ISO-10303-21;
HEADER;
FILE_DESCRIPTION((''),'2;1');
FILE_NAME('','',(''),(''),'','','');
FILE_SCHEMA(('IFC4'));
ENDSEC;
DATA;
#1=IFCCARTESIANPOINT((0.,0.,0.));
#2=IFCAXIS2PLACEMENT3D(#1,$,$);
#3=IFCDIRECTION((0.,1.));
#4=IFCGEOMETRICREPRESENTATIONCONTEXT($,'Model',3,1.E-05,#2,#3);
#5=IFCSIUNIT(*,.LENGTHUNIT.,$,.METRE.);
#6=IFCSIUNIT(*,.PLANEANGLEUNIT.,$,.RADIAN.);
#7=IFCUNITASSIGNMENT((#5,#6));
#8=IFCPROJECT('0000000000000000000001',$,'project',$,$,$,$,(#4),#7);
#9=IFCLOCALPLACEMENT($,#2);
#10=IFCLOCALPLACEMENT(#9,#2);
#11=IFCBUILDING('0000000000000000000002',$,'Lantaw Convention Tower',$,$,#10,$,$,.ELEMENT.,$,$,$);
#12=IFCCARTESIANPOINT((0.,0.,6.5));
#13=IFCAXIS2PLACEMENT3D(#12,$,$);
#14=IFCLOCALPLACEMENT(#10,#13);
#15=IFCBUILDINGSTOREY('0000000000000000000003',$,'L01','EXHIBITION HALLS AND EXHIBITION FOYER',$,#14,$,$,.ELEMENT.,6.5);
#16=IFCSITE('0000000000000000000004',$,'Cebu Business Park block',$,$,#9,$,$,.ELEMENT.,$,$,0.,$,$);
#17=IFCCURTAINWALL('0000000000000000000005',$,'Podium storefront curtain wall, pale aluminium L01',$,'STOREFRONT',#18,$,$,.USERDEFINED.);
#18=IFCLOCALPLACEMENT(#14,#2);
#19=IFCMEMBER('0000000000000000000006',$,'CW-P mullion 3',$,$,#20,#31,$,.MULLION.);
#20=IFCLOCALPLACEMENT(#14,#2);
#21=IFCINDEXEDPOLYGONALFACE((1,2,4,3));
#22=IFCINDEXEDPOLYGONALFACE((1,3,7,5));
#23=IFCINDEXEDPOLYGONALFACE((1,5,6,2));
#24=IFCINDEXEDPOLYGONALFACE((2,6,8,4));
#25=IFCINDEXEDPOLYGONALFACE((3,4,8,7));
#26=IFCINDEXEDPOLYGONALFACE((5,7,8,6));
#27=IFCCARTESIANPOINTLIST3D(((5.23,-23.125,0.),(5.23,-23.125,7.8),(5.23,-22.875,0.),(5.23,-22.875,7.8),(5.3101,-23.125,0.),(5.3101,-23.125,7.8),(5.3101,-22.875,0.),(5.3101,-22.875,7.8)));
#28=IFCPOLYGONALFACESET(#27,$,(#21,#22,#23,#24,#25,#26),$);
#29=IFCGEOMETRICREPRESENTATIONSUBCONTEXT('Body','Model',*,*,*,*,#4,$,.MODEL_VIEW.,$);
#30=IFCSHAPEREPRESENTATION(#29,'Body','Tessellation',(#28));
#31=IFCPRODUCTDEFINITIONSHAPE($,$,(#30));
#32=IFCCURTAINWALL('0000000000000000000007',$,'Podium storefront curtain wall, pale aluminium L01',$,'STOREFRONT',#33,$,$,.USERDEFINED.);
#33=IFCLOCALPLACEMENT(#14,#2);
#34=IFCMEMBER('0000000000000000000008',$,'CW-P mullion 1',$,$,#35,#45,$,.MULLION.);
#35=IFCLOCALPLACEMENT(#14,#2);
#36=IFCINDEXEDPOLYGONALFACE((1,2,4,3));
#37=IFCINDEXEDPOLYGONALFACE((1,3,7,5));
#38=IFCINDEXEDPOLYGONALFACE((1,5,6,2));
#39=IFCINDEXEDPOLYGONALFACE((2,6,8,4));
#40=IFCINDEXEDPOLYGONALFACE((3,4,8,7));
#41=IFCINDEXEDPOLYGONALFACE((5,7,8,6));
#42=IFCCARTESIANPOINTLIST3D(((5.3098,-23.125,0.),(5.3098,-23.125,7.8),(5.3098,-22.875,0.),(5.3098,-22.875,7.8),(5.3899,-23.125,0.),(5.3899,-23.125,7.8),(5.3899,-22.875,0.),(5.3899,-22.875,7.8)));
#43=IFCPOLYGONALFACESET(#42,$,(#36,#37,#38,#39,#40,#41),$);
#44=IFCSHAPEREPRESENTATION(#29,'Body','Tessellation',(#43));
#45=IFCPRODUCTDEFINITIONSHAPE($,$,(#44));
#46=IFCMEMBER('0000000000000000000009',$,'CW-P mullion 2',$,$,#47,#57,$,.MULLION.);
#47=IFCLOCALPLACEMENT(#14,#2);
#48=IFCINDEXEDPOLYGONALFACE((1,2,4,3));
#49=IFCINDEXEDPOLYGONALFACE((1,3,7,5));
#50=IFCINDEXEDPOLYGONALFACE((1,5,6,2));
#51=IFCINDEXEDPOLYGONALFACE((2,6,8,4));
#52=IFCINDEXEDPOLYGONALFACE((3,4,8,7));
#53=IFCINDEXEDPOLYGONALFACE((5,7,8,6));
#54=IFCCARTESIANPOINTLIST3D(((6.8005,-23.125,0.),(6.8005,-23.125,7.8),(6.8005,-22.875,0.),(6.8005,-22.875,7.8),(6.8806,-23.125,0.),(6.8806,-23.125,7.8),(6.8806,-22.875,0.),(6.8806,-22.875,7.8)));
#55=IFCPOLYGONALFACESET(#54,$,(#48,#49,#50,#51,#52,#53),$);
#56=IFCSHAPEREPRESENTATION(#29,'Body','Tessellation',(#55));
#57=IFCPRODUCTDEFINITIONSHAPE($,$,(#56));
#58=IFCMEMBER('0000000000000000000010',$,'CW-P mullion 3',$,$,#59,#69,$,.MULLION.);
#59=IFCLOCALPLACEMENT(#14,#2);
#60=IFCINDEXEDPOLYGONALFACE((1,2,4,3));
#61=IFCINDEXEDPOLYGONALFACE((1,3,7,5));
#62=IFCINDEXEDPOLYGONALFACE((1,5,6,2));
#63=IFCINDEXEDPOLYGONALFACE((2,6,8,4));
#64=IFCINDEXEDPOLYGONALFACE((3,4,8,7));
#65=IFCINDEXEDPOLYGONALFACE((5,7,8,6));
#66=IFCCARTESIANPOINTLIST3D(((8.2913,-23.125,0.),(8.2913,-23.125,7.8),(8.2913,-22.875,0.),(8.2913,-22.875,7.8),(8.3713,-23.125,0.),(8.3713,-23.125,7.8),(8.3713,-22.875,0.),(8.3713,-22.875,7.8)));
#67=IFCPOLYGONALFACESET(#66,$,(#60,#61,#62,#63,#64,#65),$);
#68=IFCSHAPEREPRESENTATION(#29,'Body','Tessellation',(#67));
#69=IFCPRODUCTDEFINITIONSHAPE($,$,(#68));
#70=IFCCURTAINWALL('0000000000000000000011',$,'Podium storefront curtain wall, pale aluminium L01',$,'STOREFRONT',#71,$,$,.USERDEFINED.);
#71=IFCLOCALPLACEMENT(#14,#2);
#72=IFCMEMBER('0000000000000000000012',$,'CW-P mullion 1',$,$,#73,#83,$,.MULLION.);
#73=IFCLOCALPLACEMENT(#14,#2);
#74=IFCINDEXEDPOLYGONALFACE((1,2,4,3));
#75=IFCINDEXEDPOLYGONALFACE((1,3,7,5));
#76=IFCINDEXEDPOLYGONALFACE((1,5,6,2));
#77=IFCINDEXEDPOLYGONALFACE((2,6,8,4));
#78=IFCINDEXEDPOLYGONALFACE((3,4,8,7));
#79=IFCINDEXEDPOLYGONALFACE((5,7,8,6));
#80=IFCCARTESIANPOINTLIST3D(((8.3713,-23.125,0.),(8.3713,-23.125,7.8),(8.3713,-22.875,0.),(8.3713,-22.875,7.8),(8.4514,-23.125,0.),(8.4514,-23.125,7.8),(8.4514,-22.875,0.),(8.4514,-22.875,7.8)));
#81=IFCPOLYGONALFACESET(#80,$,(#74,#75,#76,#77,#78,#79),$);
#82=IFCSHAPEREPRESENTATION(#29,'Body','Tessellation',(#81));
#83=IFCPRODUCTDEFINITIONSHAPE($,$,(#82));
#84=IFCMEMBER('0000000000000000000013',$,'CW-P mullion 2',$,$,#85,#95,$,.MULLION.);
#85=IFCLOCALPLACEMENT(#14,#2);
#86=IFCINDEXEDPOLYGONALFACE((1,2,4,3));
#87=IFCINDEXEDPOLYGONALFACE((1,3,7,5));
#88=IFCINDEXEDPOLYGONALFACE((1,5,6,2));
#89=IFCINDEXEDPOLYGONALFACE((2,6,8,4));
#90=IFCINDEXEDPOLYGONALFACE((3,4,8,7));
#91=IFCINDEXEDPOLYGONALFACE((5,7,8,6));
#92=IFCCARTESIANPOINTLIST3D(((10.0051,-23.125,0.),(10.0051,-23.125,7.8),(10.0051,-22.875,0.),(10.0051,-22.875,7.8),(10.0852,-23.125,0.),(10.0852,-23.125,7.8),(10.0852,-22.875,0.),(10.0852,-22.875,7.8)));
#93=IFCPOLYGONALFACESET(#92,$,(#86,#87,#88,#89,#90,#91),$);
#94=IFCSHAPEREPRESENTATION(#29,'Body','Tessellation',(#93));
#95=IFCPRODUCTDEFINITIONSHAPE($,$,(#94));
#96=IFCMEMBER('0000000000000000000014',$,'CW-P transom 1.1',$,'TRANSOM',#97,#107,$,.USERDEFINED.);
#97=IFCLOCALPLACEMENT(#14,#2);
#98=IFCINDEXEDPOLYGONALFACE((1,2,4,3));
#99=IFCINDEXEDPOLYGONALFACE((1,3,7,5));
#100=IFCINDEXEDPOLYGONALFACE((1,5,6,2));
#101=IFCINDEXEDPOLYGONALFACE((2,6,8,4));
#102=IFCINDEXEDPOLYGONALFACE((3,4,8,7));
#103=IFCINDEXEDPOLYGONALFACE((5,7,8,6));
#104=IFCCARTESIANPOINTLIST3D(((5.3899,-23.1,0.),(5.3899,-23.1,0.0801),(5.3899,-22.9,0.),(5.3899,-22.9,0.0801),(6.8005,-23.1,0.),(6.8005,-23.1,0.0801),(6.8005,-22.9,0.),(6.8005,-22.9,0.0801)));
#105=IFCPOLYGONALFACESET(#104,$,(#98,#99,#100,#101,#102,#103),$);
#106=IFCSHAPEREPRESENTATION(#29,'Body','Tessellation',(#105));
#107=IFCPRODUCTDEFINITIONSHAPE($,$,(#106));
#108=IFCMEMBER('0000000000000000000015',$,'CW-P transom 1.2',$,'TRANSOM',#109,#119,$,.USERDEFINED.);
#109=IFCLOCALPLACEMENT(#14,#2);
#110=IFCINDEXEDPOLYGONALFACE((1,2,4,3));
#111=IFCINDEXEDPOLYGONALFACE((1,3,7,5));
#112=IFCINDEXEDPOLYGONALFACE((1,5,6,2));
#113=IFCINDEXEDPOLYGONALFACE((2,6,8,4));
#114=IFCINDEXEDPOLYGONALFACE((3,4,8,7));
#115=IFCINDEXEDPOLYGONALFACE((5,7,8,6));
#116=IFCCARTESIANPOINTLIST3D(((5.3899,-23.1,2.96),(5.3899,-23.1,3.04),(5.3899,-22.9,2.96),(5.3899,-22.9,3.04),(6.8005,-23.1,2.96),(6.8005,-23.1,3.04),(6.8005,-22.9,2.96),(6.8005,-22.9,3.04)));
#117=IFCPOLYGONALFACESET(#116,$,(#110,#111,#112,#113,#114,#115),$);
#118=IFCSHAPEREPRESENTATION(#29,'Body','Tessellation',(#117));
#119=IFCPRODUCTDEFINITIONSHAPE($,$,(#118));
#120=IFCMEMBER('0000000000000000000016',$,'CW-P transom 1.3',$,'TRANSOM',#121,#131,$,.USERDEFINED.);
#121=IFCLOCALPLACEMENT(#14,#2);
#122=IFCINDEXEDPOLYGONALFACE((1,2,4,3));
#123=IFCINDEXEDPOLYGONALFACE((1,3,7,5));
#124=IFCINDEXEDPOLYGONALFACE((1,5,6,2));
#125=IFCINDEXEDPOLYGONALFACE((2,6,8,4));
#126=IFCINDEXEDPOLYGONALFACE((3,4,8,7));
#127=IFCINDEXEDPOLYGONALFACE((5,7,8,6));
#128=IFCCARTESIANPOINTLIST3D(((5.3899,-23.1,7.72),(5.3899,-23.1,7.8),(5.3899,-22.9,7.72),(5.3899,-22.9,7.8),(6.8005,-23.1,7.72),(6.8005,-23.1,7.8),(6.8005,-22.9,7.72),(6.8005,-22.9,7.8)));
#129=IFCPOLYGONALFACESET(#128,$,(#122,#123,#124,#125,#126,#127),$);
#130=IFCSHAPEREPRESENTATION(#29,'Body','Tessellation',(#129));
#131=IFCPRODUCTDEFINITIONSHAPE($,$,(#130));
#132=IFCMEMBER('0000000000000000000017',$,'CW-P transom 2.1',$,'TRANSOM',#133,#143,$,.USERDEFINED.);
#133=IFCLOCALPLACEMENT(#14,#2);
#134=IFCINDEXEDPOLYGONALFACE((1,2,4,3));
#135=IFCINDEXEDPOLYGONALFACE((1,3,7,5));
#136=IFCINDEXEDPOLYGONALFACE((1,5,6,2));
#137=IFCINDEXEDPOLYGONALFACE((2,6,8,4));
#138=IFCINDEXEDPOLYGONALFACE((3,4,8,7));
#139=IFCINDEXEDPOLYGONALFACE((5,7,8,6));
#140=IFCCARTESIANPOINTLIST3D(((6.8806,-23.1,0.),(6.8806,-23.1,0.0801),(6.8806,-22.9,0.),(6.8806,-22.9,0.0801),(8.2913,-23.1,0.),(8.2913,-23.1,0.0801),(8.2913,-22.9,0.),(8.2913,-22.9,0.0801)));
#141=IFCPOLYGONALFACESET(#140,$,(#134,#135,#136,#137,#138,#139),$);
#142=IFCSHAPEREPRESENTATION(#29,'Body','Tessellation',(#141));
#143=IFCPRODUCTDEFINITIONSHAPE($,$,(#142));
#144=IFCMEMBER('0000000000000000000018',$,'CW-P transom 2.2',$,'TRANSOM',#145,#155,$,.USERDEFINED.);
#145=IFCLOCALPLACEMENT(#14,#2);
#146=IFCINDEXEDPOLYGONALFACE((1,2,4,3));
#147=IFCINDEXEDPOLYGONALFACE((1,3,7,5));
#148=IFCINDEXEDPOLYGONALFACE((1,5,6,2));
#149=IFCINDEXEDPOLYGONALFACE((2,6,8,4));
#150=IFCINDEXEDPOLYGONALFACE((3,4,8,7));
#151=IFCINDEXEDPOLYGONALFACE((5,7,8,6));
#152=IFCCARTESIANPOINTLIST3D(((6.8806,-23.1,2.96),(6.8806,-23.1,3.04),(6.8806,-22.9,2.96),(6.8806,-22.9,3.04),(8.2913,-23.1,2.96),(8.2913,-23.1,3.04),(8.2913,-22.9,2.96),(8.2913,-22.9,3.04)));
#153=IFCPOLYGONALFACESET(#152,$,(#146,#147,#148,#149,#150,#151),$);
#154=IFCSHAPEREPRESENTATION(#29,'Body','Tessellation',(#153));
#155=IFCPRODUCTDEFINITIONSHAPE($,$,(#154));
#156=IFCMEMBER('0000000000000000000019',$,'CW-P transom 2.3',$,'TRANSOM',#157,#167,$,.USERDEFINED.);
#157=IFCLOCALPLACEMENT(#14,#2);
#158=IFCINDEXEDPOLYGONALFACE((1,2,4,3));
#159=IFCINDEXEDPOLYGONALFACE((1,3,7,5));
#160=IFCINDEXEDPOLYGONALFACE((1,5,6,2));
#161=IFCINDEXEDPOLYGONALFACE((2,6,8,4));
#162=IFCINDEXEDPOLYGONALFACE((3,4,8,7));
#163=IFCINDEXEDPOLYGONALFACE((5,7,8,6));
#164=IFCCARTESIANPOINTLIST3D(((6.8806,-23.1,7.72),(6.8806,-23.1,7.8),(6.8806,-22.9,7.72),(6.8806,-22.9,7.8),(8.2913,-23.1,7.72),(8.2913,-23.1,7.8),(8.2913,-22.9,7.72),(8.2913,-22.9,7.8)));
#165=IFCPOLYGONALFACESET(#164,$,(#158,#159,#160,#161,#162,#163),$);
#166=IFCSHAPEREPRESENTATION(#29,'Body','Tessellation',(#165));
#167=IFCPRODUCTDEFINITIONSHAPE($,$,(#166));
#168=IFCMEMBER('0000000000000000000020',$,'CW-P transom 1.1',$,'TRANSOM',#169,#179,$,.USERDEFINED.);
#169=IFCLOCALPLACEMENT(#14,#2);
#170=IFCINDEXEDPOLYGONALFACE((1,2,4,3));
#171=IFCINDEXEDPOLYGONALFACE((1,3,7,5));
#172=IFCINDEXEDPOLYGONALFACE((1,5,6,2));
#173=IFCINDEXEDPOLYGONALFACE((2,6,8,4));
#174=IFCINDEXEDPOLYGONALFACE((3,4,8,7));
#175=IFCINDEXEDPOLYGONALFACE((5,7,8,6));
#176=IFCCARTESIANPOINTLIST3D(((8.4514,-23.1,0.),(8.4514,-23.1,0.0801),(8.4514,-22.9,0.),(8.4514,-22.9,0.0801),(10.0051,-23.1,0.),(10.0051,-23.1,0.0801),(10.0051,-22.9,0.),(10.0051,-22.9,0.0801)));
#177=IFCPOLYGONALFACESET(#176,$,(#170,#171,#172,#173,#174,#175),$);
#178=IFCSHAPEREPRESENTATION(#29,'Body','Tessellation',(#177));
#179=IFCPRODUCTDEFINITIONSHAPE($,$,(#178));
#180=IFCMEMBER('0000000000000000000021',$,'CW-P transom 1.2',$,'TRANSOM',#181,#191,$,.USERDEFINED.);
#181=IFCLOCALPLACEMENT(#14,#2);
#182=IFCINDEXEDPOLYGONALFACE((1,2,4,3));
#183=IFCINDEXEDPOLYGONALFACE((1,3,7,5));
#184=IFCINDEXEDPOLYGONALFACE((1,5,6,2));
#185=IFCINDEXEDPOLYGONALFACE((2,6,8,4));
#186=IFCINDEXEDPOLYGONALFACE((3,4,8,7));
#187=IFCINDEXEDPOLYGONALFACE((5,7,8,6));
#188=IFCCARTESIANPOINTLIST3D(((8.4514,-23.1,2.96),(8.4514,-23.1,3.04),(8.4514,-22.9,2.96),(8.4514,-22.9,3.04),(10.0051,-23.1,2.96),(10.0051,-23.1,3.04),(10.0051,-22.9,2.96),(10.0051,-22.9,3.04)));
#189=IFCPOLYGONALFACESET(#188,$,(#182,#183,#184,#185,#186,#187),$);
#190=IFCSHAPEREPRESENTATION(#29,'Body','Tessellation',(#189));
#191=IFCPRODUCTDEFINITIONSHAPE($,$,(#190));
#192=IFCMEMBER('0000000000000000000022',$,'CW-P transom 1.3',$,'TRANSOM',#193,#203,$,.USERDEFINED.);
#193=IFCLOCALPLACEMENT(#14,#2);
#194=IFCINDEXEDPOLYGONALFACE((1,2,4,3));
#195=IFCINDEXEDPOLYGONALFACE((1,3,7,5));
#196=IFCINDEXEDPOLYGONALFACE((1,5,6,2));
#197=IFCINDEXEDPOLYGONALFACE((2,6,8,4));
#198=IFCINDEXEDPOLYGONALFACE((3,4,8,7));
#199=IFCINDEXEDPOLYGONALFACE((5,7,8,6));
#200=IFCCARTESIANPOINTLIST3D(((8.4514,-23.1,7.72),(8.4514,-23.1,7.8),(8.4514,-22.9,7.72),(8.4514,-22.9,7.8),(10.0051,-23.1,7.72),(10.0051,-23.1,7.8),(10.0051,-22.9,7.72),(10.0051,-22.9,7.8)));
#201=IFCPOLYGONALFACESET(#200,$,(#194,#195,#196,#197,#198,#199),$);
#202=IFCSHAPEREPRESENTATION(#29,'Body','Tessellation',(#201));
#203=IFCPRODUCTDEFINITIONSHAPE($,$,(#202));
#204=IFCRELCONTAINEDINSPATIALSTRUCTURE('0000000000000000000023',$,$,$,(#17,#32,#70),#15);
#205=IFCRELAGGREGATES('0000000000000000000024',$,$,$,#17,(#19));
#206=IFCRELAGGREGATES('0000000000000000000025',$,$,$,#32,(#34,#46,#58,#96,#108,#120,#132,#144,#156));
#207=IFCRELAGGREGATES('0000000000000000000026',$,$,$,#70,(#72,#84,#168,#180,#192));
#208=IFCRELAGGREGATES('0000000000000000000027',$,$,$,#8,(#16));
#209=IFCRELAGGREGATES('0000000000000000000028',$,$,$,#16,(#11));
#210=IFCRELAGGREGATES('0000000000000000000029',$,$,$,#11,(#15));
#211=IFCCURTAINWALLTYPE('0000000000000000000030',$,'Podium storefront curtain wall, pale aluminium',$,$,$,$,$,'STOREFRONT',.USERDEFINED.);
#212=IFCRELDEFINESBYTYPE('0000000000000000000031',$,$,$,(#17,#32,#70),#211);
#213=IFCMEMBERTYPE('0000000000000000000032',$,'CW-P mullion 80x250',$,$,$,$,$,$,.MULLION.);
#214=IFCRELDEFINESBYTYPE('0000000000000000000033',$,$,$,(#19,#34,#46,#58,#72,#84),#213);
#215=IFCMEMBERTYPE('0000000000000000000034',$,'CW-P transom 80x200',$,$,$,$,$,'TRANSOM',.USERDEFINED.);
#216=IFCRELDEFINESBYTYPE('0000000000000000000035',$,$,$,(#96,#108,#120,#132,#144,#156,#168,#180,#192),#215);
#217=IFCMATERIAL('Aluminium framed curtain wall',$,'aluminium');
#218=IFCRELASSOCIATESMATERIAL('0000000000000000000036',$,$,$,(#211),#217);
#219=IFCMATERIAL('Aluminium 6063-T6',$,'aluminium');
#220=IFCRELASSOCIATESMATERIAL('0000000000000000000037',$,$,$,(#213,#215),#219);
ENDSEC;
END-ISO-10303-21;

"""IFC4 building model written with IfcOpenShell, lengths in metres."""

from ifc_helpers import new_model, si_unit, direction, frame, origin, origin_2d, place, context, subcontext, project, spatial, rectangle, extrude, material, material_profile, profile_set, type_object, element, aggregate, save


model = new_model("IFC4")

# Units and contexts
model_context = context("Model", 3, precision=1e-05, world=origin(), true_north=direction((0.0, 1.0)))
body_context = subcontext(model_context, "Body", "Model", "MODEL_VIEW")
ifc_project = project(units=[si_unit("LENGTHUNIT", "METRE"), si_unit("PLANEANGLEUNIT", "RADIAN")], contexts=[model_context])

# Site, building, storey
site_placement = place(None, origin())
site = spatial("IfcSite", under=ifc_project, at=site_placement, Name="Cebu Business Park block", CompositionType="ELEMENT", RefElevation=0.0)
building_placement = place(site_placement, origin())
building = spatial("IfcBuilding", under=site, at=building_placement, Name="Lantaw Convention Tower", CompositionType="ELEMENT")
storey_placement = place(building_placement, frame((0.0, 0.0, 6.5)))
storey = spatial("IfcBuildingStorey", under=building, at=storey_placement, Name="L01", Description="EXHIBITION HALLS AND EXHIBITION FOYER", CompositionType="ELEMENT", Elevation=6.5)

# Curtain wall, member
ifc_material_1 = material(Name="Aluminium framed curtain wall", Category="aluminium")
curtain_wall_type = type_object("IfcCurtainWallType", Name="Podium storefront curtain wall, pale aluminium", ElementType="STOREFRONT", PredefinedType="USERDEFINED", material=ifc_material_1)
curtain_wall_1_placement = place(storey_placement, origin())
curtain_wall_1 = element("IfcCurtainWall", 1, at=curtain_wall_1_placement, inside=storey, type_object=curtain_wall_type, Name="Podium storefront curtain wall, pale aluminium L01", ObjectType="STOREFRONT", PredefinedType="USERDEFINED")
ifc_material_2 = material(Name="Aluminium 6063-T6", Category="aluminium")
ifc_material_profile_1 = material_profile(ifc_material_2, rectangle(XDim=0.25, YDim=0.0801, at=origin_2d()), Name="CW-P mullion 80x250")
ifc_profile_set_1 = profile_set([ifc_material_profile_1], Name="Aluminium 6063-T6")
member_type_1 = type_object("IfcMemberType", Name="CW-P mullion 80x250", PredefinedType="MULLION", material=ifc_profile_set_1)
member_1_placement = place(storey_placement, frame((5.27, -23.0, 0.0), z_axis=(0.0, 0.0, 1.0), x_axis=(0.0, 1.0, 0.0)))
member_1 = element("IfcMember", 2, at=member_1_placement, type_object=member_type_1, Name="CW-P mullion 3", PredefinedType="MULLION", context=body_context, shape_type="SweptSolid", body=[
    extrude(rectangle(XDim=0.25, YDim=0.0801, at=origin_2d()), origin(), (0.0, 0.0, 1.0), 7.8),
])
aggregate(curtain_wall_1, [member_1])

# Curtain walls, members
curtain_wall_2_placement = place(storey_placement, origin())
curtain_wall_2 = element("IfcCurtainWall", 3, at=curtain_wall_2_placement, inside=storey, type_object=curtain_wall_type, Name="Podium storefront curtain wall, pale aluminium L01", ObjectType="STOREFRONT", PredefinedType="USERDEFINED")
member_2_placement = place(storey_placement, frame((5.3499, -23.0, 0.0), z_axis=(0.0, 0.0, 1.0), x_axis=(0.0, 1.0, 0.0)))
member_2 = element("IfcMember", 4, at=member_2_placement, type_object=member_type_1, Name="CW-P mullion 1", PredefinedType="MULLION", context=body_context, shape_type="SweptSolid", body=[
    extrude(rectangle(XDim=0.25, YDim=0.0801, at=origin_2d()), origin(), (0.0, 0.0, 1.0), 7.8),
])
member_3_placement = place(storey_placement, frame((6.8406, -23.0, 0.0), z_axis=(0.0, 0.0, 1.0), x_axis=(0.0, 1.0, 0.0)))
member_3 = element("IfcMember", 5, at=member_3_placement, type_object=member_type_1, Name="CW-P mullion 2", PredefinedType="MULLION", context=body_context, shape_type="SweptSolid", body=[
    extrude(rectangle(XDim=0.25, YDim=0.0801, at=origin_2d()), origin(), (0.0, 0.0, 1.0), 7.8),
])
member_4_placement = place(storey_placement, frame((8.3313, -23.0, 0.0), z_axis=(0.0, 0.0, 1.0), x_axis=(0.0, 1.0, 0.0)))
member_4 = element("IfcMember", 6, at=member_4_placement, type_object=member_type_1, Name="CW-P mullion 3", PredefinedType="MULLION", context=body_context, shape_type="SweptSolid", body=[
    extrude(rectangle(XDim=0.25, YDim=0.0801, at=origin_2d()), origin(), (0.0, 0.0, 1.0), 7.8),
])
curtain_wall_3_placement = place(storey_placement, origin())
curtain_wall_3 = element("IfcCurtainWall", 7, at=curtain_wall_3_placement, inside=storey, type_object=curtain_wall_type, Name="Podium storefront curtain wall, pale aluminium L01", ObjectType="STOREFRONT", PredefinedType="USERDEFINED")
member_5_placement = place(storey_placement, frame((8.4114, -23.0, 0.0), z_axis=(0.0, 0.0, 1.0), x_axis=(0.0, 1.0, 0.0)))
member_5 = element("IfcMember", 8, at=member_5_placement, type_object=member_type_1, Name="CW-P mullion 1", PredefinedType="MULLION", context=body_context, shape_type="SweptSolid", body=[
    extrude(rectangle(XDim=0.25, YDim=0.0801, at=origin_2d()), origin(), (0.0, 0.0, 1.0), 7.8),
])
member_6_placement = place(storey_placement, frame((10.0452, -23.0, 0.0), z_axis=(0.0, 0.0, 1.0), x_axis=(0.0, 1.0, 0.0)))
member_6 = element("IfcMember", 9, at=member_6_placement, type_object=member_type_1, Name="CW-P mullion 2", PredefinedType="MULLION", context=body_context, shape_type="SweptSolid", body=[
    extrude(rectangle(XDim=0.25, YDim=0.0801, at=origin_2d()), origin(), (0.0, 0.0, 1.0), 7.8),
])

# Members
ifc_material_profile_2 = material_profile(ifc_material_2, rectangle(XDim=0.2, YDim=0.0801, at=origin_2d()), Name="CW-P transom 80x200")
ifc_profile_set_2 = profile_set([ifc_material_profile_2], Name="Aluminium 6063-T6")
member_type_2 = type_object("IfcMemberType", Name="CW-P transom 80x200", ElementType="TRANSOM", PredefinedType="USERDEFINED", material=ifc_profile_set_2)
member_7_placement = place(storey_placement, frame((5.3899, -23.0, 0.04), z_axis=(1.0, 0.0, 0.0), x_axis=(0.0, 1.0, 0.0)))
member_7 = element("IfcMember", 10, at=member_7_placement, type_object=member_type_2, Name="CW-P transom 1.1", ObjectType="TRANSOM", PredefinedType="USERDEFINED", context=body_context, shape_type="SweptSolid", body=[
    extrude(rectangle(XDim=0.2, YDim=0.0801, at=origin_2d()), origin(), (0.0, 0.0, 1.0), 1.4106),
])
member_8_placement = place(storey_placement, frame((5.3899, -23.0, 3.0), z_axis=(1.0, 0.0, 0.0), x_axis=(0.0, 1.0, 0.0)))
member_8 = element("IfcMember", 11, at=member_8_placement, type_object=member_type_2, Name="CW-P transom 1.2", ObjectType="TRANSOM", PredefinedType="USERDEFINED", context=body_context, shape_type="SweptSolid", body=[
    extrude(rectangle(XDim=0.2, YDim=0.0801, at=origin_2d()), origin(), (0.0, 0.0, 1.0), 1.4106),
])
member_9_placement = place(storey_placement, frame((5.3899, -23.0, 7.76), z_axis=(1.0, 0.0, 0.0), x_axis=(0.0, 1.0, 0.0)))
member_9 = element("IfcMember", 12, at=member_9_placement, type_object=member_type_2, Name="CW-P transom 1.3", ObjectType="TRANSOM", PredefinedType="USERDEFINED", context=body_context, shape_type="SweptSolid", body=[
    extrude(rectangle(XDim=0.2, YDim=0.0801, at=origin_2d()), origin(), (0.0, 0.0, 1.0), 1.4106),
])
member_10_placement = place(storey_placement, frame((6.8806, -23.0, 0.04), z_axis=(1.0, 0.0, 0.0), x_axis=(0.0, 1.0, 0.0)))
member_10 = element("IfcMember", 13, at=member_10_placement, type_object=member_type_2, Name="CW-P transom 2.1", ObjectType="TRANSOM", PredefinedType="USERDEFINED", context=body_context, shape_type="SweptSolid", body=[
    extrude(rectangle(XDim=0.2, YDim=0.0801, at=origin_2d()), origin(), (0.0, 0.0, 1.0), 1.4106),
])
member_11_placement = place(storey_placement, frame((6.8806, -23.0, 3.0), z_axis=(1.0, 0.0, 0.0), x_axis=(0.0, 1.0, 0.0)))
member_11 = element("IfcMember", 14, at=member_11_placement, type_object=member_type_2, Name="CW-P transom 2.2", ObjectType="TRANSOM", PredefinedType="USERDEFINED", context=body_context, shape_type="SweptSolid", body=[
    extrude(rectangle(XDim=0.2, YDim=0.0801, at=origin_2d()), origin(), (0.0, 0.0, 1.0), 1.4106),
])
member_12_placement = place(storey_placement, frame((6.8806, -23.0, 7.76), z_axis=(1.0, 0.0, 0.0), x_axis=(0.0, 1.0, 0.0)))
member_12 = element("IfcMember", 15, at=member_12_placement, type_object=member_type_2, Name="CW-P transom 2.3", ObjectType="TRANSOM", PredefinedType="USERDEFINED", context=body_context, shape_type="SweptSolid", body=[
    extrude(rectangle(XDim=0.2, YDim=0.0801, at=origin_2d()), origin(), (0.0, 0.0, 1.0), 1.4106),
])
member_13_placement = place(storey_placement, frame((8.4514, -23.0, 0.04), z_axis=(1.0, 0.0, 0.0), x_axis=(0.0, 1.0, 0.0)))
member_13 = element("IfcMember", 16, at=member_13_placement, type_object=member_type_2, Name="CW-P transom 1.1", ObjectType="TRANSOM", PredefinedType="USERDEFINED", context=body_context, shape_type="SweptSolid", body=[
    extrude(rectangle(XDim=0.2, YDim=0.0801, at=origin_2d()), origin(), (0.0, 0.0, 1.0), 1.5537),
])
member_14_placement = place(storey_placement, frame((8.4514, -23.0, 3.0), z_axis=(1.0, 0.0, 0.0), x_axis=(0.0, 1.0, 0.0)))
member_14 = element("IfcMember", 17, at=member_14_placement, type_object=member_type_2, Name="CW-P transom 1.2", ObjectType="TRANSOM", PredefinedType="USERDEFINED", context=body_context, shape_type="SweptSolid", body=[
    extrude(rectangle(XDim=0.2, YDim=0.0801, at=origin_2d()), origin(), (0.0, 0.0, 1.0), 1.5537),
])
member_15_placement = place(storey_placement, frame((8.4514, -23.0, 7.76), z_axis=(1.0, 0.0, 0.0), x_axis=(0.0, 1.0, 0.0)))
member_15 = element("IfcMember", 18, at=member_15_placement, type_object=member_type_2, Name="CW-P transom 1.3", ObjectType="TRANSOM", PredefinedType="USERDEFINED", context=body_context, shape_type="SweptSolid", body=[
    extrude(rectangle(XDim=0.2, YDim=0.0801, at=origin_2d()), origin(), (0.0, 0.0, 1.0), 1.5537),
])

aggregate(curtain_wall_2, [member_2, member_3, member_4, member_7, member_8, member_9, member_10, member_11, member_12])
aggregate(curtain_wall_3, [member_5, member_6, member_13, member_14, member_15])

save(model, "model.ifc")
